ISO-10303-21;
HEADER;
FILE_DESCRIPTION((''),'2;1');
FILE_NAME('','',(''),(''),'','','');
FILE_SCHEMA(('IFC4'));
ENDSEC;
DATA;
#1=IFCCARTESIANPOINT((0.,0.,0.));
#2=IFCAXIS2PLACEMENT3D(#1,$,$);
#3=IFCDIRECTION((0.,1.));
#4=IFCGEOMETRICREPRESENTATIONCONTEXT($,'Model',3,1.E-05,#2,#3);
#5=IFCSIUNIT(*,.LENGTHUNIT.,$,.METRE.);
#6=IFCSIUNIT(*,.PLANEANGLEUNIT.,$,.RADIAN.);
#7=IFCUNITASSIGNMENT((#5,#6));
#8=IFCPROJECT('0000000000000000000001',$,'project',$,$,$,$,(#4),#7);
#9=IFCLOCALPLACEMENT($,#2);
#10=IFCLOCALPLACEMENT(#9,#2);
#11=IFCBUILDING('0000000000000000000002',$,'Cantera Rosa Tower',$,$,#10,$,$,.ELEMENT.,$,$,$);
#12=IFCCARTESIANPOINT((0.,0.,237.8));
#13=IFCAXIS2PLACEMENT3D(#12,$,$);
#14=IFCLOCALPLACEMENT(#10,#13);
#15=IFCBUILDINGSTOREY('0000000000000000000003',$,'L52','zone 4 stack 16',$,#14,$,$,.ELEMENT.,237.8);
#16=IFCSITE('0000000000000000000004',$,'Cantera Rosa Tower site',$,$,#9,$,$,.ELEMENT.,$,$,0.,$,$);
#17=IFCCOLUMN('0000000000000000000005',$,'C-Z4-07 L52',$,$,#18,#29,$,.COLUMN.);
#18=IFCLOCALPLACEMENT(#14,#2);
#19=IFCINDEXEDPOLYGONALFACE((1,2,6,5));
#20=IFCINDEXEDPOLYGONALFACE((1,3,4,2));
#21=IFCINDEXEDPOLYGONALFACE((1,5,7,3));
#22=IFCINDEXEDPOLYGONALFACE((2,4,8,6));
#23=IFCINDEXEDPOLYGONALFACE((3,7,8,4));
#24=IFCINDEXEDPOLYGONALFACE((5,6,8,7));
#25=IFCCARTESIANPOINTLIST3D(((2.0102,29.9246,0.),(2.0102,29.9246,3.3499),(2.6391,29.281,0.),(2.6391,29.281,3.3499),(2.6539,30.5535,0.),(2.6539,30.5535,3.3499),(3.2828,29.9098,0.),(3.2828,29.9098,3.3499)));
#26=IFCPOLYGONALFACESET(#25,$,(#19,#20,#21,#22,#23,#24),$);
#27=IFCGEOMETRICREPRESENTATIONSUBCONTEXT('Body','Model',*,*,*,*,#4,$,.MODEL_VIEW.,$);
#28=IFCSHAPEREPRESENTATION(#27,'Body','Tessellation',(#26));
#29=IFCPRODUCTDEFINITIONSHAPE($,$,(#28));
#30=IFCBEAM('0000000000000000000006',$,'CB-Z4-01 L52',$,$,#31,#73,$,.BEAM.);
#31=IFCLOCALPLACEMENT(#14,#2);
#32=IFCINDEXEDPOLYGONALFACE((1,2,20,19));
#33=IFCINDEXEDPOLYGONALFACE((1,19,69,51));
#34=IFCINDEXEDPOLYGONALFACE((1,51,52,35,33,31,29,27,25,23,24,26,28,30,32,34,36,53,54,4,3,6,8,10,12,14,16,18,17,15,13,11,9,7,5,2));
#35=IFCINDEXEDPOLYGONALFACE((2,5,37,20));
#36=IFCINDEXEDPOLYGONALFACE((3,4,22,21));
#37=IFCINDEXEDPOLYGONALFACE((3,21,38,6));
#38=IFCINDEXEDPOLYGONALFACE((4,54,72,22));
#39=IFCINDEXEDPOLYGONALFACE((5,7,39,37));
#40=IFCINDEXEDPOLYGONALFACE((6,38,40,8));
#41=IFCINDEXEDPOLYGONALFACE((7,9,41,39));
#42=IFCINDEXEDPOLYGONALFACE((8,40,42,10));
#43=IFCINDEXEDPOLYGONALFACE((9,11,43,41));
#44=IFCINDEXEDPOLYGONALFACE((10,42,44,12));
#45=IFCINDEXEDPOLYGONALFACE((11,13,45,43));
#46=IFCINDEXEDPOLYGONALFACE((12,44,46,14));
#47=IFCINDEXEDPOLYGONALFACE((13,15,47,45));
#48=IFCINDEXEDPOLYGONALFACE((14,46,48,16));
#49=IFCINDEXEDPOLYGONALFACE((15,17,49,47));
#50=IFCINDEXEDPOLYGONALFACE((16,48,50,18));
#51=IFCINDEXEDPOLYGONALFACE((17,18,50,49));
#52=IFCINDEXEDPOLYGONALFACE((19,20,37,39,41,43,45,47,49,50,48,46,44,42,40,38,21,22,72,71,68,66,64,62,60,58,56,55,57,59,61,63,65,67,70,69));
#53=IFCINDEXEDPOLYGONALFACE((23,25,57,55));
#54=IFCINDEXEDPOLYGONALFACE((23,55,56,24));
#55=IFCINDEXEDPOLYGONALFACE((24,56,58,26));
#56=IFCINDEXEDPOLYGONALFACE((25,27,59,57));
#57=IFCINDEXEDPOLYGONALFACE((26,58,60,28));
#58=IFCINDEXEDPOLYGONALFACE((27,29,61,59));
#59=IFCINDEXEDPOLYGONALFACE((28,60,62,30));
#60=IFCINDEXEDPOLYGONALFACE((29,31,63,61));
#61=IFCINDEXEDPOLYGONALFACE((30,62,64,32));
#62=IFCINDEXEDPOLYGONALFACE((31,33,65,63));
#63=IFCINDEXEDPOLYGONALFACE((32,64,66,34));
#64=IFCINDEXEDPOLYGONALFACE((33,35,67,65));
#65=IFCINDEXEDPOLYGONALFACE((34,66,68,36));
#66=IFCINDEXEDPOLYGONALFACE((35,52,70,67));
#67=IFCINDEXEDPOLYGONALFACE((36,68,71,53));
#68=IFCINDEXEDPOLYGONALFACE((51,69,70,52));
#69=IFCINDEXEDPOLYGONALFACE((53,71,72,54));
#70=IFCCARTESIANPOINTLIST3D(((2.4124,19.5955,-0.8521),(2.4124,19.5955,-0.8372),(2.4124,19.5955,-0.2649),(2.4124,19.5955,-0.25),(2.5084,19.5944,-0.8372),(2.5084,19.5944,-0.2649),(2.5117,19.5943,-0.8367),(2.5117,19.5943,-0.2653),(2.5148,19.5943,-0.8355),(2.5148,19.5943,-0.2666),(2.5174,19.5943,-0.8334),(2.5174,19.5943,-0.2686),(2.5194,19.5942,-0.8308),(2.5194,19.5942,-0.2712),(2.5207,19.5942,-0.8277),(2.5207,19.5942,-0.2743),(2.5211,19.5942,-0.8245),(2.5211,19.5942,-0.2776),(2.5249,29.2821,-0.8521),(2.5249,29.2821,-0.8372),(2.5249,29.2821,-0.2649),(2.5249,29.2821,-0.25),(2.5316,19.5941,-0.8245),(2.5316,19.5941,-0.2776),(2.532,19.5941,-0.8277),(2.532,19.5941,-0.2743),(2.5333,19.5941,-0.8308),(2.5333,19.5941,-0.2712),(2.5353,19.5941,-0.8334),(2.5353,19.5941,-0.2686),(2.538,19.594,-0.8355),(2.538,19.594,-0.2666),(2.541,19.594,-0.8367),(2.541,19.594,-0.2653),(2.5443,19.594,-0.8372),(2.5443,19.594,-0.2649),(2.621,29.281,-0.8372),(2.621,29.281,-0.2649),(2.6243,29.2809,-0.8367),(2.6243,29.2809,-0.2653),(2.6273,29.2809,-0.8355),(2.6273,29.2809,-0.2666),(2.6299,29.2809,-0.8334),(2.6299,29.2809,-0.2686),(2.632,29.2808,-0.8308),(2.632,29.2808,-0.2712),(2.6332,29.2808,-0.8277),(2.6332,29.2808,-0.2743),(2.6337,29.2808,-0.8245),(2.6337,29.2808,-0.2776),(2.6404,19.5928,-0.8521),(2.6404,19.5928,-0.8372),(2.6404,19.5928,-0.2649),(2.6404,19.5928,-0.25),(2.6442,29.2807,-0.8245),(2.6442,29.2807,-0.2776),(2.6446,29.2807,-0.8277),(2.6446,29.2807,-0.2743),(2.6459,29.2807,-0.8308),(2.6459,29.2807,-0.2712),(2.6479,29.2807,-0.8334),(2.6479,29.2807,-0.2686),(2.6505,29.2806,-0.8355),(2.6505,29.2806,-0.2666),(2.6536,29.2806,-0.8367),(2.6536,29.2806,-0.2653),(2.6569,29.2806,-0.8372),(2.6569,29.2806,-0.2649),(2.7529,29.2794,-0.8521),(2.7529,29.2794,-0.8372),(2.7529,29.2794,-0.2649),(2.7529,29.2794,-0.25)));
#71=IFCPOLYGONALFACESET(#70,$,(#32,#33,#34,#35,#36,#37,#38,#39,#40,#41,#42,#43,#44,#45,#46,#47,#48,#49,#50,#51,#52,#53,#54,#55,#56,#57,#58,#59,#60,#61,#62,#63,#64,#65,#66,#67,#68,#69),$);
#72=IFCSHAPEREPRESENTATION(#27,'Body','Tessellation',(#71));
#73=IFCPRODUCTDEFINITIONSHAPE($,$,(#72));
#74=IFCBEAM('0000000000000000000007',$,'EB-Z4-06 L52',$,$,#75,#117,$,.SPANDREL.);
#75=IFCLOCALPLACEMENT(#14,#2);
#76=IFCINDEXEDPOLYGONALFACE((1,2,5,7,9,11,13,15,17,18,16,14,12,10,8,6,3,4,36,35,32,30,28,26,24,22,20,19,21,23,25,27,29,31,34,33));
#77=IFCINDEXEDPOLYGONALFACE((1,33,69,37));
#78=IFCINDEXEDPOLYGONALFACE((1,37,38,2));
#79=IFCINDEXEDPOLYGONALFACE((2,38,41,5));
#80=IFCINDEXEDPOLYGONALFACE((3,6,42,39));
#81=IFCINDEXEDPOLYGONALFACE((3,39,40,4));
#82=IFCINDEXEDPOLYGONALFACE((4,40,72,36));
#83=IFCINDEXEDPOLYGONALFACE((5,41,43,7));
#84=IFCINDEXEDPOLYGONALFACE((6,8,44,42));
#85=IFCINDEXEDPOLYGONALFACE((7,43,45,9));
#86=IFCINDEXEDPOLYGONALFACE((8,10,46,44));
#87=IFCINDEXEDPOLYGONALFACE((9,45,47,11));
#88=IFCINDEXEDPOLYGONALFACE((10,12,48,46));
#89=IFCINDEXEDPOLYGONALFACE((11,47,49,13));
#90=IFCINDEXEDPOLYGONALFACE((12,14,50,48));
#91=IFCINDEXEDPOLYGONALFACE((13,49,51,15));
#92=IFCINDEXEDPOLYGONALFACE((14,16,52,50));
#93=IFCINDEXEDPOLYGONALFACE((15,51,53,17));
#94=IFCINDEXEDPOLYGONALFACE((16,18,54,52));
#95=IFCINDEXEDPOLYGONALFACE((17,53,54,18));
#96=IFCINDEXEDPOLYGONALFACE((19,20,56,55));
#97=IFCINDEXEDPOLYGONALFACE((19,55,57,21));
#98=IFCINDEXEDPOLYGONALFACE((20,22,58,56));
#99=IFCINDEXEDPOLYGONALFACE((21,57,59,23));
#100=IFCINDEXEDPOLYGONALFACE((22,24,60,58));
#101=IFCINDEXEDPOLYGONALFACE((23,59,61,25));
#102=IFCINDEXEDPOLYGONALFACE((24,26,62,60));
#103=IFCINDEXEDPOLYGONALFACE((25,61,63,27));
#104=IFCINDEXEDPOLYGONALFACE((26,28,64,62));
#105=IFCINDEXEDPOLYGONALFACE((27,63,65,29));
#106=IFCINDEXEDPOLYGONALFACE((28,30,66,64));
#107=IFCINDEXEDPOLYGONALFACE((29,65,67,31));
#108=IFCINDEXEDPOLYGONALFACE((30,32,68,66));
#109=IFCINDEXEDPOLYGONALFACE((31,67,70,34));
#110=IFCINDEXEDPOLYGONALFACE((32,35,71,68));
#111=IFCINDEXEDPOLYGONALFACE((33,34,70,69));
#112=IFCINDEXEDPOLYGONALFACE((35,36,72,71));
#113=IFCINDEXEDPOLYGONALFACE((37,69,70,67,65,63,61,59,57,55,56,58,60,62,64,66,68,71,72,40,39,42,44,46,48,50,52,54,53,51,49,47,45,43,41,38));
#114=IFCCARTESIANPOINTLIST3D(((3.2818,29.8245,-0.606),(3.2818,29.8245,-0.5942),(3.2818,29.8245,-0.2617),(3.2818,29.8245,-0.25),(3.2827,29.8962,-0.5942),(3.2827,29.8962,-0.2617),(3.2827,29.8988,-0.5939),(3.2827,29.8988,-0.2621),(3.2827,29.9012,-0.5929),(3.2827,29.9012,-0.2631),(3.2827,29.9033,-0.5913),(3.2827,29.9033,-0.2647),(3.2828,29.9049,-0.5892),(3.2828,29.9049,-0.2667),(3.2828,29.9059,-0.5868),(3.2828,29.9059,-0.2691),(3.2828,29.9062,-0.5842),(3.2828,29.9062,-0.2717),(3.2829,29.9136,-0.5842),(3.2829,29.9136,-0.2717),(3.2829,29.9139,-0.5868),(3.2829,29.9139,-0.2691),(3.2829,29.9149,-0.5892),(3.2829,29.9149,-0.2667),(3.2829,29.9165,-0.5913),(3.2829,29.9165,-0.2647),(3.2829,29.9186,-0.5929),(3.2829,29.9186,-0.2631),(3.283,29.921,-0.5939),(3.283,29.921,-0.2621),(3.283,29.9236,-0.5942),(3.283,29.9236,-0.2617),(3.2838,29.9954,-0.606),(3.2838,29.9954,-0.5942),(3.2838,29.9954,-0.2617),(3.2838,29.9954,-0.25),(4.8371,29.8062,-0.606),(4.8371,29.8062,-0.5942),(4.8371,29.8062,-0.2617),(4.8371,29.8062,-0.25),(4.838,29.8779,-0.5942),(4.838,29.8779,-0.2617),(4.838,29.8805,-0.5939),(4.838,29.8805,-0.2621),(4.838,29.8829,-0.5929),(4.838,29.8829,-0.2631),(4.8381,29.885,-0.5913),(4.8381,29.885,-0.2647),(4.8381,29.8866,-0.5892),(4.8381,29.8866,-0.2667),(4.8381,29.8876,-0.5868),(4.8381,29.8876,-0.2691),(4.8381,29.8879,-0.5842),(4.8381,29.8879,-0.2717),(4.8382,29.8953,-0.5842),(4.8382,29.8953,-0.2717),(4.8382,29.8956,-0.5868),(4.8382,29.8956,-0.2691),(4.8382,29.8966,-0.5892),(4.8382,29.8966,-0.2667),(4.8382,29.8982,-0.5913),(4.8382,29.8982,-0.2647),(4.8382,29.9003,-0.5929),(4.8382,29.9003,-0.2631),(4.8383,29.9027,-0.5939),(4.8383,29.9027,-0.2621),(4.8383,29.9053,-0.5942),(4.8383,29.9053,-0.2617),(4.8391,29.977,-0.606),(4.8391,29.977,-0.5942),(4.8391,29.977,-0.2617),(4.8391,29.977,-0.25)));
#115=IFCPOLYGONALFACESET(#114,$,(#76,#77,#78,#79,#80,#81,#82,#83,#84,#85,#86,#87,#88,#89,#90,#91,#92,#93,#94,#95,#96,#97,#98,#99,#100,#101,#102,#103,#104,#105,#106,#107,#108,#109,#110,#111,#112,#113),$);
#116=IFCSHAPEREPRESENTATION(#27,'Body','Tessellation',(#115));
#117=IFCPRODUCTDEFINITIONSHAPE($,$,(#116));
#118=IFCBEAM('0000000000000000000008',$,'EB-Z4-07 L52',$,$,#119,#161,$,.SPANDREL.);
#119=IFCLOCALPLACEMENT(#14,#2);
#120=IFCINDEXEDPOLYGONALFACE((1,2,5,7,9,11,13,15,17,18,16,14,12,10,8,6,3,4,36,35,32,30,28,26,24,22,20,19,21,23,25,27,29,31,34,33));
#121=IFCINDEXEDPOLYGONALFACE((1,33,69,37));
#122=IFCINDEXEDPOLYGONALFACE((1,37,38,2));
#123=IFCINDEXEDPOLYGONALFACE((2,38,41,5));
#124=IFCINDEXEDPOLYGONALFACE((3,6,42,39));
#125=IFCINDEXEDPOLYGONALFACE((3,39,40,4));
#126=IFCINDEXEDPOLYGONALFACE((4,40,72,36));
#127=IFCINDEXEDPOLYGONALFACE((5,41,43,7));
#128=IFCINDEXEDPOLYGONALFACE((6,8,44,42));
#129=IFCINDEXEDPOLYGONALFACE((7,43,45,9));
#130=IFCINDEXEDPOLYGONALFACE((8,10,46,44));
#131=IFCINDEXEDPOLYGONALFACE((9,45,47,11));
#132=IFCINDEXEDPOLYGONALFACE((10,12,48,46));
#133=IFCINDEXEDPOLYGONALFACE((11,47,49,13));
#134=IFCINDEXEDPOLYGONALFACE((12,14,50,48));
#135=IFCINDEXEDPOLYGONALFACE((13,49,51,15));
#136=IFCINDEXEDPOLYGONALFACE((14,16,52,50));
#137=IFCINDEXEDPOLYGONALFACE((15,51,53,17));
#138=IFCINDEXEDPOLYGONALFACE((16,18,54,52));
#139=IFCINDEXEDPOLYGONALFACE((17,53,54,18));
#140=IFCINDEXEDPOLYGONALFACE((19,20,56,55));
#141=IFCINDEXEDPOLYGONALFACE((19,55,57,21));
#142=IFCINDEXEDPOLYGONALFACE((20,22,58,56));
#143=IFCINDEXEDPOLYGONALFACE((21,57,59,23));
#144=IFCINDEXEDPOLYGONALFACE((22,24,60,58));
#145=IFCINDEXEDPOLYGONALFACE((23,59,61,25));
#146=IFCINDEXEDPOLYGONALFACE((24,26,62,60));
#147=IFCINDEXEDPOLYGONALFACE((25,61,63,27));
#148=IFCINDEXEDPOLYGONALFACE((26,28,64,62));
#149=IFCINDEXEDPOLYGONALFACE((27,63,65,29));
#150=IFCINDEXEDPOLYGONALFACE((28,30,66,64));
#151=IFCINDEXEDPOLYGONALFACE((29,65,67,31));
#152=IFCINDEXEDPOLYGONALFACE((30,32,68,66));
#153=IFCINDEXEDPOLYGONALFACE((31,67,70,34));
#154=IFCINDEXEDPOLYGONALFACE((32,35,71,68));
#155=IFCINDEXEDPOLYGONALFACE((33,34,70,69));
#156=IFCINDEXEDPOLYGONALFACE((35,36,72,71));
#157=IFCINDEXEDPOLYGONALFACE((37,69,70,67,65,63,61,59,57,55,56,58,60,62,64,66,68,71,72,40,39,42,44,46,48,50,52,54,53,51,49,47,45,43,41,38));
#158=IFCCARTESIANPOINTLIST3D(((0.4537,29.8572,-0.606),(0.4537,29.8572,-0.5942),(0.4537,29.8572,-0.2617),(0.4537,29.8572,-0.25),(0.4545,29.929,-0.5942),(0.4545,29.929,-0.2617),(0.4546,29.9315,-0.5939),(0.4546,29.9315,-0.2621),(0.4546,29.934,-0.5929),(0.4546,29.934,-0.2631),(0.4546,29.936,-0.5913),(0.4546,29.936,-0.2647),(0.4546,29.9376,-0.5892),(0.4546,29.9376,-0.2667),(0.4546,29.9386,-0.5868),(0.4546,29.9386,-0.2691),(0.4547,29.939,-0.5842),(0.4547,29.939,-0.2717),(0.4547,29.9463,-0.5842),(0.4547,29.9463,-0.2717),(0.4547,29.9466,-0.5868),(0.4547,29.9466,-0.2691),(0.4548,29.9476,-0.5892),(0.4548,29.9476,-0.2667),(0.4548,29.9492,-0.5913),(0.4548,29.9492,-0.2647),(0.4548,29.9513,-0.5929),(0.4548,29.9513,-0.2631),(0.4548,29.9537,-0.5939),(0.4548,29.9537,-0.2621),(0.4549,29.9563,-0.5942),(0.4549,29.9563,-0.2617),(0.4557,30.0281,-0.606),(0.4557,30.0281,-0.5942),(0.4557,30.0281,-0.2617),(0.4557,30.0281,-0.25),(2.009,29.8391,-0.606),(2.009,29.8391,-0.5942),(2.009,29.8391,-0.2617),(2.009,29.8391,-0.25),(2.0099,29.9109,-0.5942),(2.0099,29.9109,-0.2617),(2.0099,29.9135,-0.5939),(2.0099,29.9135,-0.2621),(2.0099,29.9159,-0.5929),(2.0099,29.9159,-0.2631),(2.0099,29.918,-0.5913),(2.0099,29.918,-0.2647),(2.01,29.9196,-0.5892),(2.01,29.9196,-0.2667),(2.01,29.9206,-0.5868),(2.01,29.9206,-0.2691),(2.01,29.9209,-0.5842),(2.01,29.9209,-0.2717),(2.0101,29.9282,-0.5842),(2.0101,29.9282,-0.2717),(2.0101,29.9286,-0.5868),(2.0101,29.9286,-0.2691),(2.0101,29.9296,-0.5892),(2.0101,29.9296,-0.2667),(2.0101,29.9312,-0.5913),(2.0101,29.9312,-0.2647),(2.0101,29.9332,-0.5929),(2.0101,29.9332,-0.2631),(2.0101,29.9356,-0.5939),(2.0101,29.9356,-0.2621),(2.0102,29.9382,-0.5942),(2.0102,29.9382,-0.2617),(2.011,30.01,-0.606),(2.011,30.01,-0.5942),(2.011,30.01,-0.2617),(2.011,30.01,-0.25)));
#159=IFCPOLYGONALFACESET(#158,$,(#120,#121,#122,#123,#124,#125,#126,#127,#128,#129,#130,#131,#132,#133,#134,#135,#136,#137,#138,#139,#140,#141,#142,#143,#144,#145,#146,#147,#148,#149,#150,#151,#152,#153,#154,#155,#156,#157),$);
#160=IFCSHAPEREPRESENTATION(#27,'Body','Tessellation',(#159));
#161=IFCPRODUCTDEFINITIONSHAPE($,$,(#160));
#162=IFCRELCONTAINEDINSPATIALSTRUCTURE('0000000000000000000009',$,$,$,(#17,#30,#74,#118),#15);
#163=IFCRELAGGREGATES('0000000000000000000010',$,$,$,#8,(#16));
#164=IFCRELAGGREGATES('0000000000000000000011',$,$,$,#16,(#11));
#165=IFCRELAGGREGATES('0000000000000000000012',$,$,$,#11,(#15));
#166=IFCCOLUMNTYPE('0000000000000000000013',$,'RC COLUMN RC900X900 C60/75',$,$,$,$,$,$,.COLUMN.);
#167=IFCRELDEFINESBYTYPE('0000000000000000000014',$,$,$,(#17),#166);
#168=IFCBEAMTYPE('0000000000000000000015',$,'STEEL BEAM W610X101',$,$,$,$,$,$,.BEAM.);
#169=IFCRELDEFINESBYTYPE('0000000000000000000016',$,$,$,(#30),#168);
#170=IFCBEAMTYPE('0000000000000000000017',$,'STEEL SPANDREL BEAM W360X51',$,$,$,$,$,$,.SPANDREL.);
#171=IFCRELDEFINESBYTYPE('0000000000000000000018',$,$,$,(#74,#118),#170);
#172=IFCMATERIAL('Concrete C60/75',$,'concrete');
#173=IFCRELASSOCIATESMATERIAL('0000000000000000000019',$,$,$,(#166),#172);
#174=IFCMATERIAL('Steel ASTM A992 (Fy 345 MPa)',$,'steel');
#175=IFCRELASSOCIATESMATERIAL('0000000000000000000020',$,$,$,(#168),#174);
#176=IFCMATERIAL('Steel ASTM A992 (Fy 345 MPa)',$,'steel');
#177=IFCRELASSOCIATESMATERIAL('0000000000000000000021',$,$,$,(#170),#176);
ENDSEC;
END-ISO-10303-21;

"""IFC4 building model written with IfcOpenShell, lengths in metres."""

from ifc_helpers import new_model, si_unit, direction, frame, origin, origin_2d, place, context, subcontext, project, spatial, rectangle, i_section, extrude, material, material_profile, profile_set, type_object, element, save


model = new_model("IFC4")

# Units and contexts
model_context = context("Model", 3, precision=1e-05, world=origin(), true_north=direction((0.0, 1.0)))
body_context = subcontext(model_context, "Body", "Model", "MODEL_VIEW")
ifc_project = project(units=[si_unit("LENGTHUNIT", "METRE"), si_unit("PLANEANGLEUNIT", "RADIAN")], contexts=[model_context])

# Site, building, storey
site_placement = place(None, origin())
site = spatial("IfcSite", under=ifc_project, at=site_placement, Name="Cantera Rosa Tower site", CompositionType="ELEMENT", RefElevation=0.0)
building_placement = place(site_placement, origin())
building = spatial("IfcBuilding", under=site, at=building_placement, Name="Cantera Rosa Tower", CompositionType="ELEMENT")
storey_placement = place(building_placement, frame((0.0, 0.0, 237.8)))
storey = spatial("IfcBuildingStorey", under=building, at=storey_placement, Name="L52", Description="zone 4 stack 16", CompositionType="ELEMENT", Elevation=237.8)

# Column
ifc_material_1 = material(Name="Concrete C60/75", Category="concrete")
ifc_material_profile_1 = material_profile(ifc_material_1, rectangle(XDim=0.8999, YDim=0.8999, at=origin_2d()), Name="RC COLUMN RC900X900 C60/75")
ifc_profile_set_1 = profile_set([ifc_material_profile_1], Name="Concrete C60/75")
column_type = type_object("IfcColumnType", Name="RC COLUMN RC900X900 C60/75", PredefinedType="COLUMN", material=ifc_profile_set_1)
column_placement = place(storey_placement, frame((2.6465, 29.9172, 0.0), z_axis=(0.0, 0.0, 1.0), x_axis=(0.715286, 0.698832, 0.0)))
element("IfcColumn", 1, at=column_placement, inside=storey, type_object=column_type, Name="C-Z4-07 L52", PredefinedType="COLUMN", context=body_context, shape_type="SweptSolid", body=[
    extrude(rectangle(XDim=0.8999, YDim=0.8999, at=origin_2d()), origin(), (0.0, 0.0, 1.0), 3.3499),
])

# Beams
ifc_material_2 = material(Name="Steel ASTM A992 (Fy 345 MPa)", Category="steel")
ifc_material_profile_2 = material_profile(ifc_material_2, i_section(OverallWidth=0.228, OverallDepth=0.6021, WebThickness=0.0105, FlangeThickness=0.0149, FilletRadius=0.0127, at=origin_2d()), Name="W610X101")
ifc_profile_set_2 = profile_set([ifc_material_profile_2], Name="Steel ASTM A992 (Fy 345 MPa)")
beam_type_1 = type_object("IfcBeamType", Name="STEEL BEAM W610X101", PredefinedType="BEAM", material=ifc_profile_set_2)
beam_placement = place(storey_placement, frame((2.6389, 29.2808, -0.551), z_axis=(-0.011618, -0.999933, 0.0), x_axis=(0.999933, -0.011618, 0.0)))
element("IfcBeam", 2, at=beam_placement, inside=storey, type_object=beam_type_1, Name="CB-Z4-01 L52", PredefinedType="BEAM", context=body_context, shape_type="SweptSolid", body=[
    extrude(i_section(OverallWidth=0.228, OverallDepth=0.6021, WebThickness=0.0105, FlangeThickness=0.0149, FilletRadius=0.0127, at=origin_2d()), origin(), (0.0, 0.0, 1.0), 9.6873),
])
ifc_material_3 = material(Name="Steel ASTM A992 (Fy 345 MPa)", Category="steel")
ifc_material_profile_3 = material_profile(ifc_material_3, i_section(OverallWidth=0.1709, OverallDepth=0.356, WebThickness=0.0073, FlangeThickness=0.0117, FilletRadius=0.01, at=origin_2d()), Name="W360X51")
ifc_profile_set_3 = profile_set([ifc_material_profile_3], Name="Steel ASTM A992 (Fy 345 MPa)")
beam_type_2 = type_object("IfcBeamType", Name="STEEL SPANDREL BEAM W360X51", PredefinedType="SPANDREL", material=ifc_profile_set_3)
for number, where, z_axis, x_axis, name in (
    (3, (4.8381, 29.8916, -0.428), (-0.999931, 0.011771, 0.0), (-0.011771, -0.999931, 0.0), "EB-Z4-06 L52"),
    (4, (2.01, 29.9246, -0.428), (-0.999933, 0.011614, 0.0), (-0.011614, -0.999933, 0.0), "EB-Z4-07 L52"),
):
    element("IfcBeam", number, at=place(storey_placement, frame(where, z_axis=z_axis, x_axis=x_axis)), inside=storey, type_object=beam_type_2, Name=name, PredefinedType="SPANDREL", context=body_context, shape_type="SweptSolid", body=[
        extrude(i_section(OverallWidth=0.1709, OverallDepth=0.356, WebThickness=0.0073, FlangeThickness=0.0117, FilletRadius=0.01, at=origin_2d()), origin(), (0.0, 0.0, 1.0), 1.5554),
    ])

save(model, "model.ifc")
